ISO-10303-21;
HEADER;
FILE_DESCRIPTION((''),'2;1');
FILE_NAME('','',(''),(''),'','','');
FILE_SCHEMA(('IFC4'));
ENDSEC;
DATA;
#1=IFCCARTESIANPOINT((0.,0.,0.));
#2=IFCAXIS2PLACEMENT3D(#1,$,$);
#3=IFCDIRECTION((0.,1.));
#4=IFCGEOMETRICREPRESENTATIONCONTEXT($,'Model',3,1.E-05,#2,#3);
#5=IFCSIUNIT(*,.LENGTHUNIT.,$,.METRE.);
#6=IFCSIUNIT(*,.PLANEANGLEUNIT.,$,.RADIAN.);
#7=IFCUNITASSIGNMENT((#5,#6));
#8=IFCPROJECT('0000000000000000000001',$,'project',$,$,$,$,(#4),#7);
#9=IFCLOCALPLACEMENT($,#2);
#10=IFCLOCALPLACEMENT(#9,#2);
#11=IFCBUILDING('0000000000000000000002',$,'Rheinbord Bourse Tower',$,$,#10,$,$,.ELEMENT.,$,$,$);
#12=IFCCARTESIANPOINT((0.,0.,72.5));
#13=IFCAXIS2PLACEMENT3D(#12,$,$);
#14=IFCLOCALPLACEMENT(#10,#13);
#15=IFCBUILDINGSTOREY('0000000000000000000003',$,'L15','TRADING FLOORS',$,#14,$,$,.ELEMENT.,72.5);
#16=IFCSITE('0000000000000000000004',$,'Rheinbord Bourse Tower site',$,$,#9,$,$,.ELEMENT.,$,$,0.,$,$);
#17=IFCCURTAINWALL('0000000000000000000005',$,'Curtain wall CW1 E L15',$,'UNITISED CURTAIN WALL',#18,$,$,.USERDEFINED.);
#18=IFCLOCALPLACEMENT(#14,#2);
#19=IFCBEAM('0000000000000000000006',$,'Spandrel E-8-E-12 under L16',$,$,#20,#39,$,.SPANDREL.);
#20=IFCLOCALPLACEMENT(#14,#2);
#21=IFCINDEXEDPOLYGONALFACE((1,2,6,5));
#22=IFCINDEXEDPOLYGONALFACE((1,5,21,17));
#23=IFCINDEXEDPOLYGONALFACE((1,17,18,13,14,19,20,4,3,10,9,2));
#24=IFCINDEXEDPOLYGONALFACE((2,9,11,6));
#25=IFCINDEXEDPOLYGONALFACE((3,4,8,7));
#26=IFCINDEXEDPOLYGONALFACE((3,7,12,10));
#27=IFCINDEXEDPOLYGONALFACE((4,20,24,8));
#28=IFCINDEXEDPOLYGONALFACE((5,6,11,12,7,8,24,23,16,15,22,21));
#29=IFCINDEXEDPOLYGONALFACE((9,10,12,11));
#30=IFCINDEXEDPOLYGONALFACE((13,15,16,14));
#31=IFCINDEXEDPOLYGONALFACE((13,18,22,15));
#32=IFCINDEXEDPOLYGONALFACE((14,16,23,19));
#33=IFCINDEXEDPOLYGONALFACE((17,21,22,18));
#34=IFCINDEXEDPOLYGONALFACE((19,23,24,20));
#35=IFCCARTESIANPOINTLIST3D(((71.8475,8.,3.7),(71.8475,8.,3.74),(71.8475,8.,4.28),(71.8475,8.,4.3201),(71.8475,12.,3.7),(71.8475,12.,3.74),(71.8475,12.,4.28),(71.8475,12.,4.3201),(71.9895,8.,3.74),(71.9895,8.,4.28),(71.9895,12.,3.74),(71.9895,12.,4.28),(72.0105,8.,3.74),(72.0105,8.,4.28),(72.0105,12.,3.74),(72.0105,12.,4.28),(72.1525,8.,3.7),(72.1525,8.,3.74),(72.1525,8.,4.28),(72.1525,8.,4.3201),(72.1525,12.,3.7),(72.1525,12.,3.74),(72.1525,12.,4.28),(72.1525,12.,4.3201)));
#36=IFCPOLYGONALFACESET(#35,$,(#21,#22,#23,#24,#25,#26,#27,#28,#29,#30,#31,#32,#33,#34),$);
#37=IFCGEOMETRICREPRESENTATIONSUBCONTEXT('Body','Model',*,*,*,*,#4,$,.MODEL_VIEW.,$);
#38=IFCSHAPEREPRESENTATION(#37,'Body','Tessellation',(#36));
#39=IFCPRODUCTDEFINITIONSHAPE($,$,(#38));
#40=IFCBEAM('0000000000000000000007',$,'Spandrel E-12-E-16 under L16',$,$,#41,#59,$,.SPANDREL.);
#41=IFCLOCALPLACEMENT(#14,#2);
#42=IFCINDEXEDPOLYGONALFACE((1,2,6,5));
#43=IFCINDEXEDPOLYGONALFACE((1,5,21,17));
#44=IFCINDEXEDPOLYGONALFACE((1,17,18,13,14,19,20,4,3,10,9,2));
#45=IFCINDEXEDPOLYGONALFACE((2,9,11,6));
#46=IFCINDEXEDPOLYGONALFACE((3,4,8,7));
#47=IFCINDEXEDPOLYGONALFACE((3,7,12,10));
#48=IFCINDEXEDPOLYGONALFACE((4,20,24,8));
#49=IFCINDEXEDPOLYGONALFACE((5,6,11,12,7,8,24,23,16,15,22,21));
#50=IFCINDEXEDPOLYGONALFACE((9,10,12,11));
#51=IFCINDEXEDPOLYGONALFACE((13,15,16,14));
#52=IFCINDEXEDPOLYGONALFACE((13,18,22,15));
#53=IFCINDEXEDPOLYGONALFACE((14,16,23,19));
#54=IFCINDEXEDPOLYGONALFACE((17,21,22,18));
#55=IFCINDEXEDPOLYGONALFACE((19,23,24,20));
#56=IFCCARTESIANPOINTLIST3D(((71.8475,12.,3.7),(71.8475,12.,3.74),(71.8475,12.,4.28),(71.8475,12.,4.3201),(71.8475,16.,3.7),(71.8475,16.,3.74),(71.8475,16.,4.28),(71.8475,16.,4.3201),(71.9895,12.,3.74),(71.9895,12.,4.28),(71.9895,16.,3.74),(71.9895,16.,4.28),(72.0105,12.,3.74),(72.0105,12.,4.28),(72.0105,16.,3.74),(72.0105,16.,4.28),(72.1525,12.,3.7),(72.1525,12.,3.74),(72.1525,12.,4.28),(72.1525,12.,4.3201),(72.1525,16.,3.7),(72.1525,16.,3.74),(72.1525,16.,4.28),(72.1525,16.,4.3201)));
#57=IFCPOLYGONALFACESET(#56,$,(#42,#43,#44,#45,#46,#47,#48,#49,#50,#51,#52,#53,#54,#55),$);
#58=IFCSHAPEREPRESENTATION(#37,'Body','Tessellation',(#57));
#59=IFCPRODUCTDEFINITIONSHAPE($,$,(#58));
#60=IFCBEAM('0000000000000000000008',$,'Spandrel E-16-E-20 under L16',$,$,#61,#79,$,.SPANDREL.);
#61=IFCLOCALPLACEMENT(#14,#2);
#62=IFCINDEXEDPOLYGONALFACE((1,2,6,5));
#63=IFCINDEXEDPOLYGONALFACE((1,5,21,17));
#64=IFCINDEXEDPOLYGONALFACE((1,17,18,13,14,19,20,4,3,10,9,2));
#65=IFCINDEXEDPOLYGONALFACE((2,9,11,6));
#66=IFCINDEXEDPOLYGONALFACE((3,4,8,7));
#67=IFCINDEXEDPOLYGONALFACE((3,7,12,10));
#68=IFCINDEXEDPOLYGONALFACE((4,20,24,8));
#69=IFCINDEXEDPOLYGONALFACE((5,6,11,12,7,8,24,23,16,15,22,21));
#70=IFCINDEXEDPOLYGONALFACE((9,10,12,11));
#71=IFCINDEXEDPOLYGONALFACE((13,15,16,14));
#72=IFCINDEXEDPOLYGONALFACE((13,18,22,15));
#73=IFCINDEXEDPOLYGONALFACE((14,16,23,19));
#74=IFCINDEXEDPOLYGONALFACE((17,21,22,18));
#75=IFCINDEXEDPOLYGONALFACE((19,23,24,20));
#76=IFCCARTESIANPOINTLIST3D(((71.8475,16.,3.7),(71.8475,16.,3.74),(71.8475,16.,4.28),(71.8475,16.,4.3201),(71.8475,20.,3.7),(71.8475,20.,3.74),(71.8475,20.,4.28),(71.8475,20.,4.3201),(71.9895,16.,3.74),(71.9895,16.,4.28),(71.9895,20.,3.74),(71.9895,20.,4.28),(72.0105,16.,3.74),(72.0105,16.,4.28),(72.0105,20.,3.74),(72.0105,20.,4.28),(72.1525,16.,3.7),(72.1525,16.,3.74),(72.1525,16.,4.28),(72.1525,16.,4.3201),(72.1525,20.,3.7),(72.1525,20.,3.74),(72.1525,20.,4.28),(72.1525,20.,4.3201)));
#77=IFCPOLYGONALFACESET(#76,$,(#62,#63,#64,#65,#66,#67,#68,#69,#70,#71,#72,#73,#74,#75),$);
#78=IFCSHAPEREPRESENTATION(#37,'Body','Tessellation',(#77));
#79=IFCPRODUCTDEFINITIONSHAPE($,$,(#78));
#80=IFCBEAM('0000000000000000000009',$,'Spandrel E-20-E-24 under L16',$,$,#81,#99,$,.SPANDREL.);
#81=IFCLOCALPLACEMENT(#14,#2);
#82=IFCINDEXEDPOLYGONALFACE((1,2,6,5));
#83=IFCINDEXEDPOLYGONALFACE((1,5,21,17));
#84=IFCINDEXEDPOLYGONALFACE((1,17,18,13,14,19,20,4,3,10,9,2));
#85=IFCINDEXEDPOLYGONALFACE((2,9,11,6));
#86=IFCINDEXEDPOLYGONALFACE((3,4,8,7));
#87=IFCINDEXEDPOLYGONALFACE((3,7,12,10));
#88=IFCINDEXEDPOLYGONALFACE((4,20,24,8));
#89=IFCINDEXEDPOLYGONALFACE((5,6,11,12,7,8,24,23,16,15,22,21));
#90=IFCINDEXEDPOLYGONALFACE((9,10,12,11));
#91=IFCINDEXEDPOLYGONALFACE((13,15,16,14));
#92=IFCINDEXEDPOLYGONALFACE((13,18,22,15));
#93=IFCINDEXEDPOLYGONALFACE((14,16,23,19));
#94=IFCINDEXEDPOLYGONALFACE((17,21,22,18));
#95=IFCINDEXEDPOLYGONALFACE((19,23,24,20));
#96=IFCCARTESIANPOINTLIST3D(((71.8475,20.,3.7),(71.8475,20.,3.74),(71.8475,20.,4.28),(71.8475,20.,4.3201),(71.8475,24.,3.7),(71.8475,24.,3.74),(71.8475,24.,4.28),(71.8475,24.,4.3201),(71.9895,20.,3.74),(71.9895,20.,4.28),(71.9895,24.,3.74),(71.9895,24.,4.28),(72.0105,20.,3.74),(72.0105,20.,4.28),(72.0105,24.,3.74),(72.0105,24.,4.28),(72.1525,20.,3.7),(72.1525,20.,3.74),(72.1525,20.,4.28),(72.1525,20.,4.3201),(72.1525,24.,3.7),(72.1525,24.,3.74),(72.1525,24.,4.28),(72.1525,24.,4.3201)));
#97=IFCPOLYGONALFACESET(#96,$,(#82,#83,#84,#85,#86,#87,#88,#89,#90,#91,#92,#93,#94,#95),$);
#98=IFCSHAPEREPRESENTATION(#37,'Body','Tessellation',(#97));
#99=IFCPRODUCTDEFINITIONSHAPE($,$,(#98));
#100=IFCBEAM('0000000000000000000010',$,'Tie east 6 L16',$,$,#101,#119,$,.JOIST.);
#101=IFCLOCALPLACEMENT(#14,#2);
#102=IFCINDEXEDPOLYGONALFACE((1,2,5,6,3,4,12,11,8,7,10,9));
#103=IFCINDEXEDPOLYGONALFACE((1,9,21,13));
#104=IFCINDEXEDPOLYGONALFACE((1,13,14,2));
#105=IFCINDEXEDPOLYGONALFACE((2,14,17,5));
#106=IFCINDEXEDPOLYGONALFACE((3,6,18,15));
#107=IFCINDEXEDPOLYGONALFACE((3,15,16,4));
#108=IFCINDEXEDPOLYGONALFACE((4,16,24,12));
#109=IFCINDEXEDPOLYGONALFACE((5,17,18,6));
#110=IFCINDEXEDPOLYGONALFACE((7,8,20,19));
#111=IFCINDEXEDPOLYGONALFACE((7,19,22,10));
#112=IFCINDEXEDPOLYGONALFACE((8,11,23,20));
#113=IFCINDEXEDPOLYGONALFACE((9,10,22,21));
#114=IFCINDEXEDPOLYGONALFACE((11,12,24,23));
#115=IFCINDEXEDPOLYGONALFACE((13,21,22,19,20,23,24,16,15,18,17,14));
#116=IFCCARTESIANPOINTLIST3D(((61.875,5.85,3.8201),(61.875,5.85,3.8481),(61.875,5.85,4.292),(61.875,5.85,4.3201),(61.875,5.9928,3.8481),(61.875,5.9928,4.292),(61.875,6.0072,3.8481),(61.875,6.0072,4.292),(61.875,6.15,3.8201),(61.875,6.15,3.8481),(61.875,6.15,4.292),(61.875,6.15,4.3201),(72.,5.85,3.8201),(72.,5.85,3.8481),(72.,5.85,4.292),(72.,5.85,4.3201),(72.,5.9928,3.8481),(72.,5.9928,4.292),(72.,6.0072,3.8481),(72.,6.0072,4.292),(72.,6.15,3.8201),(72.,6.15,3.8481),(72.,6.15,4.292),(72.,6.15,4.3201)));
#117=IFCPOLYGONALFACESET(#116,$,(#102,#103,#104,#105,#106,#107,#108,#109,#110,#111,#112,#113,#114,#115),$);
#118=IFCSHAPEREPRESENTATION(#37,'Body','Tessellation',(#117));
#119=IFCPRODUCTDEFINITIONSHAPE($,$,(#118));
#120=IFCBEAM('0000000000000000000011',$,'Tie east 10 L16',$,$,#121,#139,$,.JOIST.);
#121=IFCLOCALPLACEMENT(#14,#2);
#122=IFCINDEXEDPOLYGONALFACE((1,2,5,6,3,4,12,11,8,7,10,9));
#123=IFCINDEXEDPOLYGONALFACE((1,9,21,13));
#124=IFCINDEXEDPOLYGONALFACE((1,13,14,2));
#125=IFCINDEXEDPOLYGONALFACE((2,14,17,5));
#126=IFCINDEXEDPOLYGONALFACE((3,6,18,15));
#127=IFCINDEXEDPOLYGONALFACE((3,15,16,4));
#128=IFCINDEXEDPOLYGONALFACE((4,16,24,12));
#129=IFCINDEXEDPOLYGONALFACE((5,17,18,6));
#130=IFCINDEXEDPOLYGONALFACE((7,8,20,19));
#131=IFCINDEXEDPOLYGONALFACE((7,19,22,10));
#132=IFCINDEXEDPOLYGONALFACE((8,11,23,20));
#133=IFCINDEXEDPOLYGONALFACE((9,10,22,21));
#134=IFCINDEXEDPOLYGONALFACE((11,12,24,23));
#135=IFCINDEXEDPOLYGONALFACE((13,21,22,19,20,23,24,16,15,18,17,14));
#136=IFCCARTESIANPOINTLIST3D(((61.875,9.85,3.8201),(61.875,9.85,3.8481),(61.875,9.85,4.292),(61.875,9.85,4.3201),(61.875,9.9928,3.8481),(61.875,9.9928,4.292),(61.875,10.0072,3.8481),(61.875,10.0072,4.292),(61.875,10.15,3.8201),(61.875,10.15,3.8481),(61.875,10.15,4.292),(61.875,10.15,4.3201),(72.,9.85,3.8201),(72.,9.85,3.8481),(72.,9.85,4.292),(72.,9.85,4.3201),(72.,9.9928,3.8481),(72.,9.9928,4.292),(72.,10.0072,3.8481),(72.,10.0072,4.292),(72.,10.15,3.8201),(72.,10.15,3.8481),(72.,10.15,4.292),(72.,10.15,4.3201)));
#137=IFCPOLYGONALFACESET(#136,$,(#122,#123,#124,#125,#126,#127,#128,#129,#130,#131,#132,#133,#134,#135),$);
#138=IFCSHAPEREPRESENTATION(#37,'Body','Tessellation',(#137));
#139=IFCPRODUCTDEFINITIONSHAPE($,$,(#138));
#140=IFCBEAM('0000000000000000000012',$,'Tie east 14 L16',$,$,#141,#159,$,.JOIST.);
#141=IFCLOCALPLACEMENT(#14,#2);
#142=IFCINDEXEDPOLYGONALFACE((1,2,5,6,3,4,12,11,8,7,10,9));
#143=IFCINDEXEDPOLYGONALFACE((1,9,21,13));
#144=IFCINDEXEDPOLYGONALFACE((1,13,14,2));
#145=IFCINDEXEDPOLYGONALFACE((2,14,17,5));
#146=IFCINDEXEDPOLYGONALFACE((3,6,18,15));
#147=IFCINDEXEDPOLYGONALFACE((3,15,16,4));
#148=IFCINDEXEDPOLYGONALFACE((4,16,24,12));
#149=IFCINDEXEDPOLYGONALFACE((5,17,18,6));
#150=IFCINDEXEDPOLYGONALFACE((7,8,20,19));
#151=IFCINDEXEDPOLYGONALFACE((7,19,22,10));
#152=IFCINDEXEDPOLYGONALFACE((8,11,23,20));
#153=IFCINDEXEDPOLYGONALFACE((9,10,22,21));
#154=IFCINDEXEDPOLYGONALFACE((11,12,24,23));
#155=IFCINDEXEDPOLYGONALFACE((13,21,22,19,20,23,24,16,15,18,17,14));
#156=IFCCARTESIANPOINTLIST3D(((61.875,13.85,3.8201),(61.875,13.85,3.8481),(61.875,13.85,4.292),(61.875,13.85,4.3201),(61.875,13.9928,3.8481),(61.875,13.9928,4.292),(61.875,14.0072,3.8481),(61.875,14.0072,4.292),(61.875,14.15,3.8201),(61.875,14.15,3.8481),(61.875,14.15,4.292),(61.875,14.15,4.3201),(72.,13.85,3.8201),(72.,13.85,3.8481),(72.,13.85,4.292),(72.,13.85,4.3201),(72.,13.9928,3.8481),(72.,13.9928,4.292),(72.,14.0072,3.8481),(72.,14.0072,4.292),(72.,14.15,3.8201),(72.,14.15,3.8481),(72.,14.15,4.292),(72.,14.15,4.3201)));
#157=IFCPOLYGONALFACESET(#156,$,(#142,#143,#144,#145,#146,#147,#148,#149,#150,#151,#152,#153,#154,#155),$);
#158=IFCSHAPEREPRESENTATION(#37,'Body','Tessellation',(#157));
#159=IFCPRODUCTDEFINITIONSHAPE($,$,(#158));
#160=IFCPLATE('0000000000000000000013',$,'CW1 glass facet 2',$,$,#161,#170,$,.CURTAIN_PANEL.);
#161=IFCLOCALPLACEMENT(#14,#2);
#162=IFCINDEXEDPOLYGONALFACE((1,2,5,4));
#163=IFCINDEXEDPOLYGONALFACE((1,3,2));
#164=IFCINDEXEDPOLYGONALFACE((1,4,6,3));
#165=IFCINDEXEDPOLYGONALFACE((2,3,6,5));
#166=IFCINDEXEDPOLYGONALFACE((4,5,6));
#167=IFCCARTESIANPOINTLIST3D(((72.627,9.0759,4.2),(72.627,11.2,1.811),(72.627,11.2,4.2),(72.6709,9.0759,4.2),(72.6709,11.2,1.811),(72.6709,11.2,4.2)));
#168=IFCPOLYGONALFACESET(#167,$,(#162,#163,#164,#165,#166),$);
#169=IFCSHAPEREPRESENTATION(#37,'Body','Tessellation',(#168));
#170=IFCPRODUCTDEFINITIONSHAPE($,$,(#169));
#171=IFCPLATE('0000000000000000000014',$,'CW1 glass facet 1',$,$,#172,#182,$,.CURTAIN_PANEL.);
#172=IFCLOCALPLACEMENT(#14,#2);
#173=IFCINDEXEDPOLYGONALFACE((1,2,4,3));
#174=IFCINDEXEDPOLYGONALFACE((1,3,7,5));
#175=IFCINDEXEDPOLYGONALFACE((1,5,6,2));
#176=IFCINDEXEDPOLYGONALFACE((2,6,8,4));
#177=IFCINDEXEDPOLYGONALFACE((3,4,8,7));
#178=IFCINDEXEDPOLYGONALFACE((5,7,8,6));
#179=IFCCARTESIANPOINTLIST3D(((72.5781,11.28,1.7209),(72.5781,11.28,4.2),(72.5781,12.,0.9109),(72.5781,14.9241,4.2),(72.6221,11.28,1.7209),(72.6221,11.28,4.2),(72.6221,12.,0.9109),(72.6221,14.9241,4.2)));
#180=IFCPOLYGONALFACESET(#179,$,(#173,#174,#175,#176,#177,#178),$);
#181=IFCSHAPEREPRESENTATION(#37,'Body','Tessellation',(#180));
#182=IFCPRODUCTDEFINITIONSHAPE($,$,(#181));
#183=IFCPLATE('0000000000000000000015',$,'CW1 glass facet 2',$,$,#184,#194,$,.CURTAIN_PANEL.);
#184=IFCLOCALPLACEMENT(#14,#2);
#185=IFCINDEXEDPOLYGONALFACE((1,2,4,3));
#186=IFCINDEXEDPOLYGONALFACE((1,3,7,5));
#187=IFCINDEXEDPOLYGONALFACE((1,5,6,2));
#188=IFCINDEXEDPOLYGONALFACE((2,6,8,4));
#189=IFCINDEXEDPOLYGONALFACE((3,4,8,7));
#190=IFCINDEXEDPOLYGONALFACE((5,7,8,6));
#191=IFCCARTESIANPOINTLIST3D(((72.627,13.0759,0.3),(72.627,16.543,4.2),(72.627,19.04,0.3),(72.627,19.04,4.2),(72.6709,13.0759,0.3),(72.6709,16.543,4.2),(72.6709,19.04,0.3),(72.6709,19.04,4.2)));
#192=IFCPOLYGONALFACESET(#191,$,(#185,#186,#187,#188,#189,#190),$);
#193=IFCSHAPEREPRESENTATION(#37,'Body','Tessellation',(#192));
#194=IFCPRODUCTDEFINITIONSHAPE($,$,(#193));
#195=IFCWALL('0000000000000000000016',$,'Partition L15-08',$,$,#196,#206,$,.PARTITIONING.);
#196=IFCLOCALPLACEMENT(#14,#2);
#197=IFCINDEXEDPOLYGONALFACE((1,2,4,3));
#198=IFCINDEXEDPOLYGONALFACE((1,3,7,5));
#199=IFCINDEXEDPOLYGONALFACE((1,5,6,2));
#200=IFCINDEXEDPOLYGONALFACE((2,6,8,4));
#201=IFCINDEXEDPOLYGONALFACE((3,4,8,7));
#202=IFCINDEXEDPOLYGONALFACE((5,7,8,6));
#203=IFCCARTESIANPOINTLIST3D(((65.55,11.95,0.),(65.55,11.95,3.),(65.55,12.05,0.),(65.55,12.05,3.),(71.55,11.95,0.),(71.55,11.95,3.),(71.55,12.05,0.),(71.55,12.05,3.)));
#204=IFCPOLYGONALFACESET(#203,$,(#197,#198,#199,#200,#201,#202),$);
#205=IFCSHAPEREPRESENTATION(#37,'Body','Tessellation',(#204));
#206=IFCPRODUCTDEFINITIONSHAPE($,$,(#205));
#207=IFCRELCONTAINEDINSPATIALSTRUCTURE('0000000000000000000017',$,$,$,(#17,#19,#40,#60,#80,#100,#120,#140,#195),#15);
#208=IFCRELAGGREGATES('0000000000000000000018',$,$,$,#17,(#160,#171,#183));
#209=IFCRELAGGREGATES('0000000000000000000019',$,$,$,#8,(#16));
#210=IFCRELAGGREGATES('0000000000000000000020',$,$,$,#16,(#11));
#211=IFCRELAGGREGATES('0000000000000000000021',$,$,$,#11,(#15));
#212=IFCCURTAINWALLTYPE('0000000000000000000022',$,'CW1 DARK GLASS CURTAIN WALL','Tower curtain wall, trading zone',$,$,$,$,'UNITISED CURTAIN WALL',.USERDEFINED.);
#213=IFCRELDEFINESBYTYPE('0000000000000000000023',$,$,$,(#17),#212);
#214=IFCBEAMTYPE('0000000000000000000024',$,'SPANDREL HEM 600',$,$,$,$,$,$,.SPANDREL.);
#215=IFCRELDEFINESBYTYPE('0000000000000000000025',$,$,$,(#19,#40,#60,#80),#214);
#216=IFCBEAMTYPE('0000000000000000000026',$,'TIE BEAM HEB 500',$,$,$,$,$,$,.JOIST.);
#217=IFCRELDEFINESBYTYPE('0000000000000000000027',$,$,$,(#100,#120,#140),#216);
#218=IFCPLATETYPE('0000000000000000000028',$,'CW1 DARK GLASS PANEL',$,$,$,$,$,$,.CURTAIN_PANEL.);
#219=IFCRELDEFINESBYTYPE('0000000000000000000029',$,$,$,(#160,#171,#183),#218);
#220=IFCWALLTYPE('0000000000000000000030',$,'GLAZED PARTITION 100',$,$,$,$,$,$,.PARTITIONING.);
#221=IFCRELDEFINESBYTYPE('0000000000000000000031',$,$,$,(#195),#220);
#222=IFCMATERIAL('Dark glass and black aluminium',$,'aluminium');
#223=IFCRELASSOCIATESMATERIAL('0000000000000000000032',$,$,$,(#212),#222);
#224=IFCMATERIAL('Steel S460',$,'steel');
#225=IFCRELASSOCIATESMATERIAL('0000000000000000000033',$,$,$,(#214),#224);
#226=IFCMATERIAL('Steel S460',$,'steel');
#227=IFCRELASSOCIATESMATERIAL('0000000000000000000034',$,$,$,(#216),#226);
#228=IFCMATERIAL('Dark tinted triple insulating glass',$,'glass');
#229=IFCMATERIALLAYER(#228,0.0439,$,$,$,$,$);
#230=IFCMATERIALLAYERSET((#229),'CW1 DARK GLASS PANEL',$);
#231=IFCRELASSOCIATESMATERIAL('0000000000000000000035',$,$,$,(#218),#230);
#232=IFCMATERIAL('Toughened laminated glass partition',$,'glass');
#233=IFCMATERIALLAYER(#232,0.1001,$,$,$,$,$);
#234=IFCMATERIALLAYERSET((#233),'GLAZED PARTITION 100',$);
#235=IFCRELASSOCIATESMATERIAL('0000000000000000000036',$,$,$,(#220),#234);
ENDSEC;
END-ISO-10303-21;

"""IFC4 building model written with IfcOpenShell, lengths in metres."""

from ifc_helpers import new_model, si_unit, direction, frame, frame_2d, origin, origin_2d, place, context, subcontext, project, spatial, polyline, rectangle, i_section, outline, extrude, material, layer, layer_set, material_profile, profile_set, type_object, element, aggregate, save


model = new_model("IFC4")

# Units and contexts
model_context = context("Model", 3, precision=1e-05, world=origin(), true_north=direction((0.0, 1.0)))
body_context = subcontext(model_context, "Body", "Model", "MODEL_VIEW")
ifc_project = project(units=[si_unit("LENGTHUNIT", "METRE"), si_unit("PLANEANGLEUNIT", "RADIAN")], contexts=[model_context])

# Site, building, storey
site_placement = place(None, origin())
site = spatial("IfcSite", under=ifc_project, at=site_placement, Name="Rheinbord Bourse Tower site", CompositionType="ELEMENT", RefElevation=0.0)
building_placement = place(site_placement, origin())
building = spatial("IfcBuilding", under=site, at=building_placement, Name="Rheinbord Bourse Tower", CompositionType="ELEMENT")
storey_placement = place(building_placement, frame((0.0, 0.0, 72.5)))
storey = spatial("IfcBuildingStorey", under=building, at=storey_placement, Name="L15", Description="TRADING FLOORS", CompositionType="ELEMENT", Elevation=72.5)

# Curtain wall
ifc_material_1 = material(Name="Dark glass and black aluminium", Category="aluminium")
curtain_wall_type = type_object("IfcCurtainWallType", Name="CW1 DARK GLASS CURTAIN WALL", Description="Tower curtain wall, trading zone", ElementType="UNITISED CURTAIN WALL", PredefinedType="USERDEFINED", material=ifc_material_1)
curtain_wall_placement = place(storey_placement, origin())
curtain_wall = element("IfcCurtainWall", 1, at=curtain_wall_placement, inside=storey, type_object=curtain_wall_type, Name="Curtain wall CW1 E L15", ObjectType="UNITISED CURTAIN WALL", PredefinedType="USERDEFINED")

# Beams
ifc_material_2 = material(Name="Steel S460", Category="steel")
ifc_material_profile_1 = material_profile(ifc_material_2, i_section(OverallWidth=0.3049, OverallDepth=0.6201, WebThickness=0.021, FlangeThickness=0.04, at=origin_2d()), Name="HEM 600")
ifc_profile_set_1 = profile_set([ifc_material_profile_1], Name="Steel S460")
beam_type_1 = type_object("IfcBeamType", Name="SPANDREL HEM 600", PredefinedType="SPANDREL", material=ifc_profile_set_1)
for number, where, z_axis, x_axis, name in (
    (2, (72.0, 8.0, 4.01), (0.0, 1.0, 0.0), (-1.0, 0.0, 0.0), "Spandrel E-8-E-12 under L16"),
    (3, (72.0, 12.0, 4.01), (0.0, 1.0, 0.0), (-1.0, 0.0, 0.0), "Spandrel E-12-E-16 under L16"),
    (4, (72.0, 16.0, 4.01), (0.0, 1.0, 0.0), (-1.0, 0.0, 0.0), "Spandrel E-16-E-20 under L16"),
    (5, (72.0, 20.0, 4.01), (0.0, 1.0, 0.0), (-1.0, 0.0, 0.0), "Spandrel E-20-E-24 under L16"),
):
    element("IfcBeam", number, at=place(storey_placement, frame(where, z_axis=z_axis, x_axis=x_axis)), inside=storey, type_object=beam_type_1, Name=name, PredefinedType="SPANDREL", context=body_context, shape_type="SweptSolid", body=[
        extrude(i_section(OverallWidth=0.3049, OverallDepth=0.6201, WebThickness=0.021, FlangeThickness=0.04, at=origin_2d()), origin(), (0.0, 0.0, 1.0), 4.0),
    ])
ifc_material_3 = material(Name="Steel S460", Category="steel")
ifc_material_profile_2 = material_profile(ifc_material_3, i_section(OverallWidth=0.3, OverallDepth=0.5, WebThickness=0.0144, FlangeThickness=0.0281, at=origin_2d()), Name="HEB 500")
ifc_profile_set_2 = profile_set([ifc_material_profile_2], Name="Steel S460")
beam_type_2 = type_object("IfcBeamType", Name="TIE BEAM HEB 500", PredefinedType="JOIST", material=ifc_profile_set_2)
for number, where, z_axis, x_axis, name in (
    (6, (61.875, 6.0, 4.0701), (1.0, 0.0, 0.0), (0.0, 1.0, 0.0), "Tie east 6 L16"),
    (7, (61.875, 10.0, 4.0701), (1.0, 0.0, 0.0), (0.0, 1.0, 0.0), "Tie east 10 L16"),
    (8, (61.875, 14.0, 4.0701), (1.0, 0.0, 0.0), (0.0, 1.0, 0.0), "Tie east 14 L16"),
):
    element("IfcBeam", number, at=place(storey_placement, frame(where, z_axis=z_axis, x_axis=x_axis)), inside=storey, type_object=beam_type_2, Name=name, PredefinedType="JOIST", context=body_context, shape_type="SweptSolid", body=[
        extrude(i_section(OverallWidth=0.3, OverallDepth=0.5, WebThickness=0.0144, FlangeThickness=0.0281, at=origin_2d()), origin(), (0.0, 0.0, 1.0), 10.125),
    ])

# Plates
ifc_material_4 = material(Name="Dark tinted triple insulating glass", Category="glass")
ifc_layer_1 = layer(ifc_material_4, 0.0439)
ifc_layer_set_1 = layer_set([ifc_layer_1], Name="CW1 DARK GLASS PANEL")
plate_type = type_object("IfcPlateType", Name="CW1 DARK GLASS PANEL", PredefinedType="CURTAIN_PANEL", material=ifc_layer_set_1)
plate_1_placement = place(storey_placement, frame((72.6709, 11.2, 4.2), z_axis=(-1.0, 0.0, 0.0), x_axis=(0.0, 0.0, -1.0)))
plate_1 = element("IfcPlate", 9, at=plate_1_placement, type_object=plate_type, Name="CW1 glass facet 2", PredefinedType="CURTAIN_PANEL", context=body_context, shape_type="SweptSolid", body=[
    extrude(outline(polyline([(0.0, 0.0), (2.3889, 0.0), (0.0, 2.124), (0.0, 0.0)])), origin(), (0.0, 0.0, 1.0), 0.0439),
])
plate_2_placement = place(storey_placement, frame((72.6221, 11.28, 4.2), z_axis=(-1.0, 0.0, 0.0), x_axis=(0.0, 1.0, 0.0)))
plate_2 = element("IfcPlate", 10, at=plate_2_placement, type_object=plate_type, Name="CW1 glass facet 1", PredefinedType="CURTAIN_PANEL", context=body_context, shape_type="SweptSolid", body=[
    extrude(outline(polyline([(0.0, 0.0), (3.644, 0.0), (0.72, 3.2891), (0.0, 2.479), (0.0, 0.0)])), origin(), (0.0, 0.0, 1.0), 0.0439),
])
plate_3_placement = place(storey_placement, frame((72.6709, 19.04, 4.2), z_axis=(-1.0, 0.0, 0.0), x_axis=(0.0, 0.0, -1.0)))
plate_3 = element("IfcPlate", 11, at=plate_3_placement, type_object=plate_type, Name="CW1 glass facet 2", PredefinedType="CURTAIN_PANEL", context=body_context, shape_type="SweptSolid", body=[
    extrude(outline(polyline([(0.0, 0.0), (3.8999, 0.0), (3.8999, 5.9641), (0.0, 2.4971), (0.0, 0.0)])), origin(), (0.0, 0.0, 1.0), 0.0439),
])
aggregate(curtain_wall, [plate_1, plate_2, plate_3])

# Wall
ifc_material_5 = material(Name="Toughened laminated glass partition", Category="glass")
ifc_layer_2 = layer(ifc_material_5, 0.1001)
ifc_layer_set_2 = layer_set([ifc_layer_2], Name="GLAZED PARTITION 100")
wall_type_1 = type_object("IfcWallType", Name="GLAZED PARTITION 100", PredefinedType="PARTITIONING", material=ifc_layer_set_2)
for number, where, z_axis, x_axis, name in (
    (12, (65.55, 12.0, 0.0), (0.0, 0.0, 1.0), (1.0, 0.0, 0.0), "Partition L15-08"),
):
    element("IfcWall", number, at=place(storey_placement, frame(where, z_axis=z_axis, x_axis=x_axis)), inside=storey, type_object=wall_type_1, Name=name, PredefinedType="PARTITIONING", context=body_context, shape_type="SweptSolid", body=[
        extrude(rectangle(XDim=6.0, YDim=0.1001, at=frame_2d((3.0, 0.0))), origin(), (0.0, 0.0, 1.0), 3.0),
    ])

save(model, "model.ifc")
